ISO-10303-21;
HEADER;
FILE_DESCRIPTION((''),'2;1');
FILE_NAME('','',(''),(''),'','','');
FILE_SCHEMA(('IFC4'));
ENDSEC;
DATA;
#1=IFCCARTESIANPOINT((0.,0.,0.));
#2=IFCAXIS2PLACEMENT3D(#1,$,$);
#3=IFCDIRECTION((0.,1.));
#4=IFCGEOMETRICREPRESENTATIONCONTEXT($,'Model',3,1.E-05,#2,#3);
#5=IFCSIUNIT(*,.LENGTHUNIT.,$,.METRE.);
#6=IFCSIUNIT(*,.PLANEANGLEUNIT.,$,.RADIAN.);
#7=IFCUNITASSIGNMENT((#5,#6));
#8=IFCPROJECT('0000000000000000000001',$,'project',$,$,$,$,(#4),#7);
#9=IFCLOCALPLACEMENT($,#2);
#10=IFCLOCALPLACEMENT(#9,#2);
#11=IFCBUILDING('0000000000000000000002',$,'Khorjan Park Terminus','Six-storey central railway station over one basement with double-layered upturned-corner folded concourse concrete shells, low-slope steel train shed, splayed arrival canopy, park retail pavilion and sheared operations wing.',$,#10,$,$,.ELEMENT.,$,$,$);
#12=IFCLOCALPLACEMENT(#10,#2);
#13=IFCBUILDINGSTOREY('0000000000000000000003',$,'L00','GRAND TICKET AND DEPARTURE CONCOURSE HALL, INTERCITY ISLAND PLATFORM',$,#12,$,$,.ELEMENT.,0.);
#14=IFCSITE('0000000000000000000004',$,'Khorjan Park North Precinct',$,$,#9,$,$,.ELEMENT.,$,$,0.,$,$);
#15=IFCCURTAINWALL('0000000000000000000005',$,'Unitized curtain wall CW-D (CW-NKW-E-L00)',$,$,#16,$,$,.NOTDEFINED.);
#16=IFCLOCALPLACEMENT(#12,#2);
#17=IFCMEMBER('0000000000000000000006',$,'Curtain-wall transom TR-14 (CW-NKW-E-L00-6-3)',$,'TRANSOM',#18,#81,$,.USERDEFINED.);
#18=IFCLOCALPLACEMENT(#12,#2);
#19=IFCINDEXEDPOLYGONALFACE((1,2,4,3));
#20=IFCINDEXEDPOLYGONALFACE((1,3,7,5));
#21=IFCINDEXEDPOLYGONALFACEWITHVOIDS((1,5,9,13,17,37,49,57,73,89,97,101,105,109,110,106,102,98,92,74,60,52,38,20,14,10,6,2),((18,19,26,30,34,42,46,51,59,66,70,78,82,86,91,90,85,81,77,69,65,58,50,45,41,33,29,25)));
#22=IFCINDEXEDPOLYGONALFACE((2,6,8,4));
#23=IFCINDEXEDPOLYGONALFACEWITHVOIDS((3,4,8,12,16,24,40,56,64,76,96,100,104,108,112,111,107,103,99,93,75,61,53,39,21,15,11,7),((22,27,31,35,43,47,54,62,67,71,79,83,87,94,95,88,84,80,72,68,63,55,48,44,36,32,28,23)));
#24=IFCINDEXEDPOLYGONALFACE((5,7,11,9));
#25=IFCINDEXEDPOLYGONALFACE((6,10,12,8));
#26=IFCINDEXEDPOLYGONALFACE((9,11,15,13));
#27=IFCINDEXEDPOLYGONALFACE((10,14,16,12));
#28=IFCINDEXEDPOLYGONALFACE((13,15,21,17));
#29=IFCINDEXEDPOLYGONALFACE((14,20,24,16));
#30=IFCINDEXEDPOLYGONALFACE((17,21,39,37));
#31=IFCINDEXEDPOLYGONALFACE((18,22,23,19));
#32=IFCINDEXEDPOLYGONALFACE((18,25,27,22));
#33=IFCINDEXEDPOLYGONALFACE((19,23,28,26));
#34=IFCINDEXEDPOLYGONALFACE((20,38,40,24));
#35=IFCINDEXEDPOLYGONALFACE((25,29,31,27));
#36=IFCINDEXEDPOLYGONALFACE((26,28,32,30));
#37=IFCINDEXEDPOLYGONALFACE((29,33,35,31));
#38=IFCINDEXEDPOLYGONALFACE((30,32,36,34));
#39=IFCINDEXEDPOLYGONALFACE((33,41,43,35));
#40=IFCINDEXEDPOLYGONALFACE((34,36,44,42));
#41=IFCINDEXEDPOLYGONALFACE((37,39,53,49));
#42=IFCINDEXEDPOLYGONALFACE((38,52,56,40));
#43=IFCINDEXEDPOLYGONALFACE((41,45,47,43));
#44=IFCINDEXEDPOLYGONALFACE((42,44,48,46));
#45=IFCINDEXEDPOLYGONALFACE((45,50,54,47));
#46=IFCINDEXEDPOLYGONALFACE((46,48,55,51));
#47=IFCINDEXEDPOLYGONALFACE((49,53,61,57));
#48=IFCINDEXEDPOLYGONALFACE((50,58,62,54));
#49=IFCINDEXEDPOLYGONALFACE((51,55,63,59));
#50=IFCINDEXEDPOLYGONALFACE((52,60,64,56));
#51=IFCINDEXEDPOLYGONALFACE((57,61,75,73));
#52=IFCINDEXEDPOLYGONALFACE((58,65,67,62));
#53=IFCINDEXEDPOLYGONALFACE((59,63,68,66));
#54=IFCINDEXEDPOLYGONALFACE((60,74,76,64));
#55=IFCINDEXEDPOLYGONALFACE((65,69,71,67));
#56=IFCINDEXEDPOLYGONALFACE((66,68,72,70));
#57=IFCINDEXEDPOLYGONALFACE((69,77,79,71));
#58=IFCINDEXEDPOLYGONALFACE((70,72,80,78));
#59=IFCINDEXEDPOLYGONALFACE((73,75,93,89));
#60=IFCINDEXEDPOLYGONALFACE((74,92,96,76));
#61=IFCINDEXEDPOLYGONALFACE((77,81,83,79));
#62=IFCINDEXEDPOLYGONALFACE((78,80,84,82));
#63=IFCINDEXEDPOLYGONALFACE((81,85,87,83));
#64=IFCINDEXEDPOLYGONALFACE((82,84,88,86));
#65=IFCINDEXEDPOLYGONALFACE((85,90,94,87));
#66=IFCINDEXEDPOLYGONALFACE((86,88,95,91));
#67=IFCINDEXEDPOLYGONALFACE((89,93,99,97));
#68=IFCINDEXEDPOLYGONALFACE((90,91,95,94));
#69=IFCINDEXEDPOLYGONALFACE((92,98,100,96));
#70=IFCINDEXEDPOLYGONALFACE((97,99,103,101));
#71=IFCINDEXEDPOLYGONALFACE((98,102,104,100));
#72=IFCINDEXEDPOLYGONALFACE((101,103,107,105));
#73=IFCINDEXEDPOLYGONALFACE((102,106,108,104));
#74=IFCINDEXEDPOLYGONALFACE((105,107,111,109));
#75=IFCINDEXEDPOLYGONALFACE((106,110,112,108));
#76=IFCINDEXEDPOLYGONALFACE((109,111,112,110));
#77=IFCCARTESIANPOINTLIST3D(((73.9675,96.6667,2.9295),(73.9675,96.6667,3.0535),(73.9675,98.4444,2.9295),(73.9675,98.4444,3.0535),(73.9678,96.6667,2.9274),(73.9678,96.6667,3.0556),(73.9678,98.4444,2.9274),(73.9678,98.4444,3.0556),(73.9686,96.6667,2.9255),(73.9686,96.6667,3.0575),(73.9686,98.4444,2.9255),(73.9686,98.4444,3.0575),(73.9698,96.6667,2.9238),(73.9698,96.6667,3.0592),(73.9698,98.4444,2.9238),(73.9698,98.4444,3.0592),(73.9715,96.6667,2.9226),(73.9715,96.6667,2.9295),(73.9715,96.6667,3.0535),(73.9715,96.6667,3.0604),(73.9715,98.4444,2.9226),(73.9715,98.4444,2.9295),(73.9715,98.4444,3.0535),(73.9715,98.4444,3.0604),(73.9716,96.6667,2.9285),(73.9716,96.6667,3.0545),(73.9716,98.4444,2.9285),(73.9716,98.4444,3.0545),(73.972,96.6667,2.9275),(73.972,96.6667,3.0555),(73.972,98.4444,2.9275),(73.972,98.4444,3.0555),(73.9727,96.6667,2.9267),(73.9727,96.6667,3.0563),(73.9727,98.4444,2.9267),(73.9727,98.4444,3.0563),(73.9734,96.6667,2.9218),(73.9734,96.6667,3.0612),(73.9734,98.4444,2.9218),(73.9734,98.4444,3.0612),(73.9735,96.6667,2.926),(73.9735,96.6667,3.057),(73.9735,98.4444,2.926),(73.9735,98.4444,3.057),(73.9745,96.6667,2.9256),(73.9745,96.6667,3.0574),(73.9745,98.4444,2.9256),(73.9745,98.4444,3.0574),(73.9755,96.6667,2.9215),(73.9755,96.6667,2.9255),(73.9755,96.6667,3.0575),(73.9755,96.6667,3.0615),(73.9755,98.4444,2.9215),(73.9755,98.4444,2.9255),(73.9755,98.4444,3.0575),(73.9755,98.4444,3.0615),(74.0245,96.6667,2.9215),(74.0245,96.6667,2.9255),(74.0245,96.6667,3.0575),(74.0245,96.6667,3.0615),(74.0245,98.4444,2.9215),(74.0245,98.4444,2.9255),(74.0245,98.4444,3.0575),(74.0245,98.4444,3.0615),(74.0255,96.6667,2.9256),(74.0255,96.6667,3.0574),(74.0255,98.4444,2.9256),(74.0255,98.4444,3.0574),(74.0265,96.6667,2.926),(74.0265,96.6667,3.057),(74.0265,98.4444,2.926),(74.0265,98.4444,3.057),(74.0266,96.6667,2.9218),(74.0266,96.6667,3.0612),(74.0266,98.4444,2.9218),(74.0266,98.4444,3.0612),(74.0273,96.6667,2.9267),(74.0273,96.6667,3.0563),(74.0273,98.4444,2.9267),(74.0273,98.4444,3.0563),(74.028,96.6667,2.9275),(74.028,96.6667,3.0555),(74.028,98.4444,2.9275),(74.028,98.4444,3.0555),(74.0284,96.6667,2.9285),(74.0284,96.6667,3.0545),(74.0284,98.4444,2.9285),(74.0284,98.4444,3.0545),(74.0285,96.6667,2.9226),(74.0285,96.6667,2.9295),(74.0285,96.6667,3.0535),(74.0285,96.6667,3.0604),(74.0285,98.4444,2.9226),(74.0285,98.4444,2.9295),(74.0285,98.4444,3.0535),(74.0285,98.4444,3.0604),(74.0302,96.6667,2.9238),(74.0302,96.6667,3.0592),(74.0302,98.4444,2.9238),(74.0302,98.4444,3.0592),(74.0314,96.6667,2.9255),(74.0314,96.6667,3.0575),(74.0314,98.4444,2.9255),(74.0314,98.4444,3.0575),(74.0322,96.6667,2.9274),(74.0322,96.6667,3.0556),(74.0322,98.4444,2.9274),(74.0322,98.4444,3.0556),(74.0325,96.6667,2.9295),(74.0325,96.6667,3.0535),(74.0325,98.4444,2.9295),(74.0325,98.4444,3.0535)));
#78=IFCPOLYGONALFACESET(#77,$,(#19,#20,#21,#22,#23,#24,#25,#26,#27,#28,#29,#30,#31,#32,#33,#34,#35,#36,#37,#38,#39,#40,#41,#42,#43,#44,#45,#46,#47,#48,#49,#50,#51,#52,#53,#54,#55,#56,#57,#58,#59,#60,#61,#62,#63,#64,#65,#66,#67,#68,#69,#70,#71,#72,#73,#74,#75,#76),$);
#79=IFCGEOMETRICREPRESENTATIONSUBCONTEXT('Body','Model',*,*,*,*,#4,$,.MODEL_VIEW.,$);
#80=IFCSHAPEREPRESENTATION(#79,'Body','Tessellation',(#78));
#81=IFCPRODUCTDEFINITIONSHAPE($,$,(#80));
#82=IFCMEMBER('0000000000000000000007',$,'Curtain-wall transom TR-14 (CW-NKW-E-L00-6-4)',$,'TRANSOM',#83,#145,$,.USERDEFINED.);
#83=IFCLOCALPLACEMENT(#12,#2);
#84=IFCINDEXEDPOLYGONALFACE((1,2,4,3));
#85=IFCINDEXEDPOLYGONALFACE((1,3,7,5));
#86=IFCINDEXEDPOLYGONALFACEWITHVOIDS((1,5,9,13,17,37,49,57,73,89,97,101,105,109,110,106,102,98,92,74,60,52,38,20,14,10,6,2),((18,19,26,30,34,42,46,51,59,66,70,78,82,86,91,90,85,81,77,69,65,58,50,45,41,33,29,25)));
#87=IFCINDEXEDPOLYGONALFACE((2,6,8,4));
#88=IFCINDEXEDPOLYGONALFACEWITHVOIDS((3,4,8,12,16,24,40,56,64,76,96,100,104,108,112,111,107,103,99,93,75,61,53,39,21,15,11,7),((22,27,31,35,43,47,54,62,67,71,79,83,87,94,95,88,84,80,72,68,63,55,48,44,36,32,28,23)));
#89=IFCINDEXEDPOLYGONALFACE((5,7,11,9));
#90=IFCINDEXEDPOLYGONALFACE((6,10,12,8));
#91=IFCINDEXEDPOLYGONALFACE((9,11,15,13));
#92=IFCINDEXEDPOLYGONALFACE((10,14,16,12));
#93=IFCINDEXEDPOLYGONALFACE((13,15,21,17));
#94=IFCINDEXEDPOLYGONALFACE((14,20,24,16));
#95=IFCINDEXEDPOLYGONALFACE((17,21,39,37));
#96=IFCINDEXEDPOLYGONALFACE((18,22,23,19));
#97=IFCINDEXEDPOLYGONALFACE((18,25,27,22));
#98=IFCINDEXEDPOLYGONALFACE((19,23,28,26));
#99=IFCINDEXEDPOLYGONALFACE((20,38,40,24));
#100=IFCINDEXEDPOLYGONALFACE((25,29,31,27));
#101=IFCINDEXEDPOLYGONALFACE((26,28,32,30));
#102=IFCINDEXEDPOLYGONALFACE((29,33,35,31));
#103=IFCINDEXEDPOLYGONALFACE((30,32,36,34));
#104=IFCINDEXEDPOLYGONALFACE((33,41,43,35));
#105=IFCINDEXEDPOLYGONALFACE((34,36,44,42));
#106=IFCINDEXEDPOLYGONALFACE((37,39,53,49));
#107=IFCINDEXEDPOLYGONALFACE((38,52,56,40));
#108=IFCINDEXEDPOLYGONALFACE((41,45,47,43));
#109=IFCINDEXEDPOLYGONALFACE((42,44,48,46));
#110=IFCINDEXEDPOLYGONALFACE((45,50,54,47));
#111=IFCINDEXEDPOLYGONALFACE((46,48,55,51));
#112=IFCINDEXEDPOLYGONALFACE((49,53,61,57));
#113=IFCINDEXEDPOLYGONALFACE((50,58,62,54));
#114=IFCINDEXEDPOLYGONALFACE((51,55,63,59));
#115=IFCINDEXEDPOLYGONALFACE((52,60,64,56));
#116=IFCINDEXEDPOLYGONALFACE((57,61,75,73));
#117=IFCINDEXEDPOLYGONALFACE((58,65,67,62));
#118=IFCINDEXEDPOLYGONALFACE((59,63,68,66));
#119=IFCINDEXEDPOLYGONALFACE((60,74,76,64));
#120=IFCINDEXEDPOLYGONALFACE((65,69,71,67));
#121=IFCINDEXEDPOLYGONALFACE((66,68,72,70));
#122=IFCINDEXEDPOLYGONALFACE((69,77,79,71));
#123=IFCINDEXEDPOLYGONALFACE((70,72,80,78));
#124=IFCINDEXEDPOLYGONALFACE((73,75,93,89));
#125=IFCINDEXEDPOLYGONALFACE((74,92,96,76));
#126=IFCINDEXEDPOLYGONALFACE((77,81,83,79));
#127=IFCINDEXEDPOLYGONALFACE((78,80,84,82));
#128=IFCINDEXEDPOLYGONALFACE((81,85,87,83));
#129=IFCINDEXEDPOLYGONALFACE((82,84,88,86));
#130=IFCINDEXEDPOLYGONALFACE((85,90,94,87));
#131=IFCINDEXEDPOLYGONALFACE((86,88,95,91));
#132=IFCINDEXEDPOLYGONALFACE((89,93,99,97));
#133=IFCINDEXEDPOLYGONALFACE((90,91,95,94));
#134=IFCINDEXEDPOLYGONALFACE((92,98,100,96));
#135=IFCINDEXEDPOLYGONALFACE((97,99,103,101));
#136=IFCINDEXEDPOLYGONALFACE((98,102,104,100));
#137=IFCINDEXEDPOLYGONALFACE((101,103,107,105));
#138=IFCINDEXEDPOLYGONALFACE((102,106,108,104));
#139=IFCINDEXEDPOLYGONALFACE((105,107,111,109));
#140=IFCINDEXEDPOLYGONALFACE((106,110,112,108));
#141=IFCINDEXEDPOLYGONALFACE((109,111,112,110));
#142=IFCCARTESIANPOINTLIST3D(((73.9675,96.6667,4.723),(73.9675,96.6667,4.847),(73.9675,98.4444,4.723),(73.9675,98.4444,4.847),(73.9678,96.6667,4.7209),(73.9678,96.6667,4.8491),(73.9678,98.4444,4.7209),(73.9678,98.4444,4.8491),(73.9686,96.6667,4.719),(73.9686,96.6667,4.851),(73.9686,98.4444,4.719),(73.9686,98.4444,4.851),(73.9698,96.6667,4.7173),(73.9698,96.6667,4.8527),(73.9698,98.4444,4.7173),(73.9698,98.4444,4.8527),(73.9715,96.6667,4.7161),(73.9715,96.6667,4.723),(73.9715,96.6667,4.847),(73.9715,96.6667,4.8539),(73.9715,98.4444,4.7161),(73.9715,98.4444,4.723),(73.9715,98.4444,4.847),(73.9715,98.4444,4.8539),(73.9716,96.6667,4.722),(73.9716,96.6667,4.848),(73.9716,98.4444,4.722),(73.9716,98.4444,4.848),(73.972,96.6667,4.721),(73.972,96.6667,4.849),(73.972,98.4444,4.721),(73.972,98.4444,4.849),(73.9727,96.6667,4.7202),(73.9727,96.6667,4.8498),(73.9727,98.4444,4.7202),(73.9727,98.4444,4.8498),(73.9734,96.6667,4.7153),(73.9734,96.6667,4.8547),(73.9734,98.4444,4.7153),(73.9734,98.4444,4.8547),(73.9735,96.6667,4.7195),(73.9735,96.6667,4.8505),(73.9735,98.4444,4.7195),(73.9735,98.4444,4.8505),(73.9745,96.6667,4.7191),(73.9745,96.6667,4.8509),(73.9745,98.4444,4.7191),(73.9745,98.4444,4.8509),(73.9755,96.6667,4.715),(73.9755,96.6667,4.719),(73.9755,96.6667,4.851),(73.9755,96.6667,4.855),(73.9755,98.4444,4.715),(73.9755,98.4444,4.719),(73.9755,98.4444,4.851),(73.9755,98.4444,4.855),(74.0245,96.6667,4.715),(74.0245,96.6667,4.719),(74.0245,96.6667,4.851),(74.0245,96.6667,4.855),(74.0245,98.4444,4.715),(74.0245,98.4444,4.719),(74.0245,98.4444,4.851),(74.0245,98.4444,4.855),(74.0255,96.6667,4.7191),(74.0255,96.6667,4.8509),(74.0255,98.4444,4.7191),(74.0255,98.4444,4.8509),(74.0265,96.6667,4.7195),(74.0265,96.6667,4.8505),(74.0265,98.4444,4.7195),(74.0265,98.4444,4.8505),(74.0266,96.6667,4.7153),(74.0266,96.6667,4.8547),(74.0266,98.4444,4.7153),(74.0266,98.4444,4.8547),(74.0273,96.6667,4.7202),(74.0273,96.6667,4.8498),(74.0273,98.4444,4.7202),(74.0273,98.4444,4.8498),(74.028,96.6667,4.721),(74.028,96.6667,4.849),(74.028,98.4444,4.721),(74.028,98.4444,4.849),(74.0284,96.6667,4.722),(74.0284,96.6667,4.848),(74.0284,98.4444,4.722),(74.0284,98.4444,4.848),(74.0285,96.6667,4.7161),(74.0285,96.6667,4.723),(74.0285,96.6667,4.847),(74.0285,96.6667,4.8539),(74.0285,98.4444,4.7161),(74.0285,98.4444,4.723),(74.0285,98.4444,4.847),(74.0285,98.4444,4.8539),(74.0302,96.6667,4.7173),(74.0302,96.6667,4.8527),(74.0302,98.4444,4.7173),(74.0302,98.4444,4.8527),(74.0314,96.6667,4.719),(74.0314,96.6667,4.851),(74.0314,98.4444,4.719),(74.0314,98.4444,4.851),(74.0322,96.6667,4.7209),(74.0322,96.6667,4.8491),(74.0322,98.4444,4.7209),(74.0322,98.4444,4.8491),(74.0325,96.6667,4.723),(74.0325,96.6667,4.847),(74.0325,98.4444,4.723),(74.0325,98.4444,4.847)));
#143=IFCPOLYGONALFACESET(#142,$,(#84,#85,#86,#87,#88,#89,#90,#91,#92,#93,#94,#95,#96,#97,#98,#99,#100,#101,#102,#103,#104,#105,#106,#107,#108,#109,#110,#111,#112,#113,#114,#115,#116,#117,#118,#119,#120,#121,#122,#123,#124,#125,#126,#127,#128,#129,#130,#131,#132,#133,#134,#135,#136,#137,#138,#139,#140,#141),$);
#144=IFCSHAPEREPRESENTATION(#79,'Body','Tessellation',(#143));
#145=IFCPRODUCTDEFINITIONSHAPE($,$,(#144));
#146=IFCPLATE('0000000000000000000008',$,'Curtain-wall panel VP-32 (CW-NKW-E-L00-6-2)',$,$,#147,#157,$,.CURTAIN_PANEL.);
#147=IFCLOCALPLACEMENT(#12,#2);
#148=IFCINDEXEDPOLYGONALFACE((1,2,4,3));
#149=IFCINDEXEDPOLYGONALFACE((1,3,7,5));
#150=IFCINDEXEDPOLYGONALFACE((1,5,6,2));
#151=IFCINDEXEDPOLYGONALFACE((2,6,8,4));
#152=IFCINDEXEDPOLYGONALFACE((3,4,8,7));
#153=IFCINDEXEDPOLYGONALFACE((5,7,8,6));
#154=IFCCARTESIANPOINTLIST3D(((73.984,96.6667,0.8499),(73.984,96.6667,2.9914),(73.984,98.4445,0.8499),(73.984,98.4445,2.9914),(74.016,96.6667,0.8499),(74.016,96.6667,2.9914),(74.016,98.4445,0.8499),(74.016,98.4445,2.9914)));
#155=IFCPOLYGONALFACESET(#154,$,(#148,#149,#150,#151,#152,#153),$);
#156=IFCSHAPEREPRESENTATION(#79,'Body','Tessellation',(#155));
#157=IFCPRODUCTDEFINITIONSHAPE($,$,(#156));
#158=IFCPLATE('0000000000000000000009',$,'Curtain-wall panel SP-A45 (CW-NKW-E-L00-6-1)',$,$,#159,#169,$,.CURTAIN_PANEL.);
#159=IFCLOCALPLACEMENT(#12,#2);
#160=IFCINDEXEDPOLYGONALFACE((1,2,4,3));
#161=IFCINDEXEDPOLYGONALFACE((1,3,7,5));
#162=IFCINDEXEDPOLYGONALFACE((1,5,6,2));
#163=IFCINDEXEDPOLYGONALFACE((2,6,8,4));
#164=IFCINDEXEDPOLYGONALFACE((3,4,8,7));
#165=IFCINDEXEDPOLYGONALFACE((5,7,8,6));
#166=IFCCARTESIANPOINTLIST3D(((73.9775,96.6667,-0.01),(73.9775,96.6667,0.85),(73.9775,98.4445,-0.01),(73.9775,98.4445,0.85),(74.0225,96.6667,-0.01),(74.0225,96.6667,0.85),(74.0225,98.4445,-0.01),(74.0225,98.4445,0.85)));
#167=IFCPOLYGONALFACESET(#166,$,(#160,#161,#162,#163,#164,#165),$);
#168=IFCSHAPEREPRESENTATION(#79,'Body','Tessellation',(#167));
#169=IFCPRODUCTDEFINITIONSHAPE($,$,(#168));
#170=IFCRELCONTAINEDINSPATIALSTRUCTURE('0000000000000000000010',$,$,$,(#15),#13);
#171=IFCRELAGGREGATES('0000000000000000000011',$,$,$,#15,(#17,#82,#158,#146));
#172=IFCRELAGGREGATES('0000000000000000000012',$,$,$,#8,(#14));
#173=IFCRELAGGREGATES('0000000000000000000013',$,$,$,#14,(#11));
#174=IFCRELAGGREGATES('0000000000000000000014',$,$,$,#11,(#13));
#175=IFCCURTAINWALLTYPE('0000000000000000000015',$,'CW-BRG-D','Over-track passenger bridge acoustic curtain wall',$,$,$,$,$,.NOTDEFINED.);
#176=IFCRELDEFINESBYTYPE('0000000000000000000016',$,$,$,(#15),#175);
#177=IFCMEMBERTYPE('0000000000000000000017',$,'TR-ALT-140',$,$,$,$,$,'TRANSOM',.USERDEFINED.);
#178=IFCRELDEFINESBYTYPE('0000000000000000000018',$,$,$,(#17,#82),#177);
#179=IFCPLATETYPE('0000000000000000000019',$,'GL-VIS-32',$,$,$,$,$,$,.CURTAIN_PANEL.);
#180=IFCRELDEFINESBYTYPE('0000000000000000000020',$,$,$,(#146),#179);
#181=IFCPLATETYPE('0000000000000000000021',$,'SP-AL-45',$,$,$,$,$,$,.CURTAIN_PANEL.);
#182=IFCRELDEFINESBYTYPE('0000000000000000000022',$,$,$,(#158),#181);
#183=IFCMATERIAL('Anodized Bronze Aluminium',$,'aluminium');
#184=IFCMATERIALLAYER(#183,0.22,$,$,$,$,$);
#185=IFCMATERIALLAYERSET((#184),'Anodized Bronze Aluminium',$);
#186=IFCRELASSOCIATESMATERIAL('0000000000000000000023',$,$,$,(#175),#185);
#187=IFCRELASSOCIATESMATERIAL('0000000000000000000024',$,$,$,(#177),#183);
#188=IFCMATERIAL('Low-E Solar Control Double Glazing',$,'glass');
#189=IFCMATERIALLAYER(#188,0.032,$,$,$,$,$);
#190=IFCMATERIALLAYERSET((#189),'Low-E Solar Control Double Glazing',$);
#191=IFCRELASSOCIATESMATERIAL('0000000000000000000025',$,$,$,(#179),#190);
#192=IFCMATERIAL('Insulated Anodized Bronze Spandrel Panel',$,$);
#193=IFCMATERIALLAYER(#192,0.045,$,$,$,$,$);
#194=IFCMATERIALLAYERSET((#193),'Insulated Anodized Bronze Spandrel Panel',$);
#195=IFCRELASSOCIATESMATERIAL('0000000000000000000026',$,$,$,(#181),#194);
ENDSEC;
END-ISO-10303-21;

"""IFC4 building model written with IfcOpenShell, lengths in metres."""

from ifc_helpers import new_model, si_unit, direction, frame, origin, origin_2d, place, context, subcontext, project, spatial, rectangle, hollow_rectangle, extrude, material, layer, layer_set, material_profile, profile_set, type_object, element, aggregate, save


model = new_model("IFC4")

# Units and contexts
model_context = context("Model", 3, precision=1e-05, world=origin(), true_north=direction((0.0, 1.0)))
body_context = subcontext(model_context, "Body", "Model", "MODEL_VIEW")
ifc_project = project(units=[si_unit("LENGTHUNIT", "METRE"), si_unit("PLANEANGLEUNIT", "RADIAN")], contexts=[model_context])

# Site, building, storey
site_placement = place(None, origin())
site = spatial("IfcSite", under=ifc_project, at=site_placement, Name="Khorjan Park North Precinct", CompositionType="ELEMENT", RefElevation=0.0)
building_placement = place(site_placement, origin())
building = spatial("IfcBuilding", under=site, at=building_placement, Name="Khorjan Park Terminus", Description="Six-storey central railway station over one basement with double-layered upturned-corner folded concourse concrete shells, low-slope steel train shed, splayed arrival canopy, park retail pavilion and sheared operations wing.", CompositionType="ELEMENT")
storey_placement = place(building_placement, origin())
storey = spatial("IfcBuildingStorey", under=building, at=storey_placement, Name="L00", Description="GRAND TICKET AND DEPARTURE CONCOURSE HALL, INTERCITY ISLAND PLATFORM", CompositionType="ELEMENT", Elevation=0.0)

# Curtain wall, members, plates
ifc_material_1 = material(Name="Anodized Bronze Aluminium", Category="aluminium")
ifc_layer_1 = layer(ifc_material_1, 0.22)
ifc_layer_set_1 = layer_set([ifc_layer_1], Name="Anodized Bronze Aluminium")
curtain_wall_type = type_object("IfcCurtainWallType", Name="CW-BRG-D", Description="Over-track passenger bridge acoustic curtain wall", PredefinedType="NOTDEFINED", material=ifc_layer_set_1)
curtain_wall_placement = place(storey_placement, origin())
curtain_wall = element("IfcCurtainWall", 1, at=curtain_wall_placement, inside=storey, type_object=curtain_wall_type, Name="Unitized curtain wall CW-D (CW-NKW-E-L00)", PredefinedType="NOTDEFINED")
ifc_material_profile_1 = material_profile(ifc_material_1, hollow_rectangle(XDim=0.065, YDim=0.14, WallThickness=0.004, InnerFilletRadius=0.004, OuterFilletRadius=0.008, at=origin_2d()), Name="ALT 65x140x4")
ifc_profile_set_1 = profile_set([ifc_material_profile_1], Name="Anodized Bronze Aluminium")
member_type_1 = type_object("IfcMemberType", Name="TR-ALT-140", ElementType="TRANSOM", PredefinedType="USERDEFINED", material=ifc_profile_set_1)
member_1_placement = place(storey_placement, frame((74.0, 96.6667, 2.9915), z_axis=(0.0, 1.0, 0.0), x_axis=(-1.0, 0.0, 0.0)))
member_1 = element("IfcMember", 2, at=member_1_placement, type_object=member_type_1, Name="Curtain-wall transom TR-14 (CW-NKW-E-L00-6-3)", ObjectType="TRANSOM", PredefinedType="USERDEFINED", context=body_context, shape_type="SweptSolid", body=[
    extrude(hollow_rectangle(XDim=0.065, YDim=0.14, WallThickness=0.004, InnerFilletRadius=0.004, OuterFilletRadius=0.008, at=origin_2d()), origin(), (0.0, 0.0, 1.0), 1.7777),
])
member_2_placement = place(storey_placement, frame((74.0, 96.6667, 4.785), z_axis=(0.0, 1.0, 0.0), x_axis=(-1.0, 0.0, 0.0)))
member_2 = element("IfcMember", 3, at=member_2_placement, type_object=member_type_1, Name="Curtain-wall transom TR-14 (CW-NKW-E-L00-6-4)", ObjectType="TRANSOM", PredefinedType="USERDEFINED", context=body_context, shape_type="SweptSolid", body=[
    extrude(hollow_rectangle(XDim=0.065, YDim=0.14, WallThickness=0.004, InnerFilletRadius=0.004, OuterFilletRadius=0.008, at=origin_2d()), origin(), (0.0, 0.0, 1.0), 1.7777),
])
ifc_material_2 = material(Name="Low-E Solar Control Double Glazing", Category="glass")
ifc_layer_2 = layer(ifc_material_2, 0.032)
ifc_layer_set_2 = layer_set([ifc_layer_2], Name="Low-E Solar Control Double Glazing")
plate_type_1 = type_object("IfcPlateType", Name="GL-VIS-32", PredefinedType="CURTAIN_PANEL", material=ifc_layer_set_2)
plate_1_placement = place(storey_placement, frame((74.0, 97.5556, 0.8499), z_axis=(0.0, 0.0, 1.0), x_axis=(0.0, 1.0, 0.0)))
plate_1 = element("IfcPlate", 4, at=plate_1_placement, type_object=plate_type_1, Name="Curtain-wall panel VP-32 (CW-NKW-E-L00-6-2)", PredefinedType="CURTAIN_PANEL", context=body_context, shape_type="SweptSolid", body=[
    extrude(rectangle(XDim=1.7778, YDim=0.032, at=origin_2d()), origin(), (0.0, 0.0, 1.0), 2.1415),
])
ifc_material_3 = material(Name="Insulated Anodized Bronze Spandrel Panel")
ifc_layer_3 = layer(ifc_material_3, 0.045)
ifc_layer_set_3 = layer_set([ifc_layer_3], Name="Insulated Anodized Bronze Spandrel Panel")
plate_type_2 = type_object("IfcPlateType", Name="SP-AL-45", PredefinedType="CURTAIN_PANEL", material=ifc_layer_set_3)
plate_2_placement = place(storey_placement, frame((74.0, 97.5556, -0.01), z_axis=(0.0, 0.0, 1.0), x_axis=(0.0, 1.0, 0.0)))
plate_2 = element("IfcPlate", 5, at=plate_2_placement, type_object=plate_type_2, Name="Curtain-wall panel SP-A45 (CW-NKW-E-L00-6-1)", PredefinedType="CURTAIN_PANEL", context=body_context, shape_type="SweptSolid", body=[
    extrude(rectangle(XDim=1.7778, YDim=0.045, at=origin_2d()), origin(), (0.0, 0.0, 1.0), 0.86),
])
aggregate(curtain_wall, [member_1, member_2, plate_2, plate_1])

save(model, "model.ifc")
